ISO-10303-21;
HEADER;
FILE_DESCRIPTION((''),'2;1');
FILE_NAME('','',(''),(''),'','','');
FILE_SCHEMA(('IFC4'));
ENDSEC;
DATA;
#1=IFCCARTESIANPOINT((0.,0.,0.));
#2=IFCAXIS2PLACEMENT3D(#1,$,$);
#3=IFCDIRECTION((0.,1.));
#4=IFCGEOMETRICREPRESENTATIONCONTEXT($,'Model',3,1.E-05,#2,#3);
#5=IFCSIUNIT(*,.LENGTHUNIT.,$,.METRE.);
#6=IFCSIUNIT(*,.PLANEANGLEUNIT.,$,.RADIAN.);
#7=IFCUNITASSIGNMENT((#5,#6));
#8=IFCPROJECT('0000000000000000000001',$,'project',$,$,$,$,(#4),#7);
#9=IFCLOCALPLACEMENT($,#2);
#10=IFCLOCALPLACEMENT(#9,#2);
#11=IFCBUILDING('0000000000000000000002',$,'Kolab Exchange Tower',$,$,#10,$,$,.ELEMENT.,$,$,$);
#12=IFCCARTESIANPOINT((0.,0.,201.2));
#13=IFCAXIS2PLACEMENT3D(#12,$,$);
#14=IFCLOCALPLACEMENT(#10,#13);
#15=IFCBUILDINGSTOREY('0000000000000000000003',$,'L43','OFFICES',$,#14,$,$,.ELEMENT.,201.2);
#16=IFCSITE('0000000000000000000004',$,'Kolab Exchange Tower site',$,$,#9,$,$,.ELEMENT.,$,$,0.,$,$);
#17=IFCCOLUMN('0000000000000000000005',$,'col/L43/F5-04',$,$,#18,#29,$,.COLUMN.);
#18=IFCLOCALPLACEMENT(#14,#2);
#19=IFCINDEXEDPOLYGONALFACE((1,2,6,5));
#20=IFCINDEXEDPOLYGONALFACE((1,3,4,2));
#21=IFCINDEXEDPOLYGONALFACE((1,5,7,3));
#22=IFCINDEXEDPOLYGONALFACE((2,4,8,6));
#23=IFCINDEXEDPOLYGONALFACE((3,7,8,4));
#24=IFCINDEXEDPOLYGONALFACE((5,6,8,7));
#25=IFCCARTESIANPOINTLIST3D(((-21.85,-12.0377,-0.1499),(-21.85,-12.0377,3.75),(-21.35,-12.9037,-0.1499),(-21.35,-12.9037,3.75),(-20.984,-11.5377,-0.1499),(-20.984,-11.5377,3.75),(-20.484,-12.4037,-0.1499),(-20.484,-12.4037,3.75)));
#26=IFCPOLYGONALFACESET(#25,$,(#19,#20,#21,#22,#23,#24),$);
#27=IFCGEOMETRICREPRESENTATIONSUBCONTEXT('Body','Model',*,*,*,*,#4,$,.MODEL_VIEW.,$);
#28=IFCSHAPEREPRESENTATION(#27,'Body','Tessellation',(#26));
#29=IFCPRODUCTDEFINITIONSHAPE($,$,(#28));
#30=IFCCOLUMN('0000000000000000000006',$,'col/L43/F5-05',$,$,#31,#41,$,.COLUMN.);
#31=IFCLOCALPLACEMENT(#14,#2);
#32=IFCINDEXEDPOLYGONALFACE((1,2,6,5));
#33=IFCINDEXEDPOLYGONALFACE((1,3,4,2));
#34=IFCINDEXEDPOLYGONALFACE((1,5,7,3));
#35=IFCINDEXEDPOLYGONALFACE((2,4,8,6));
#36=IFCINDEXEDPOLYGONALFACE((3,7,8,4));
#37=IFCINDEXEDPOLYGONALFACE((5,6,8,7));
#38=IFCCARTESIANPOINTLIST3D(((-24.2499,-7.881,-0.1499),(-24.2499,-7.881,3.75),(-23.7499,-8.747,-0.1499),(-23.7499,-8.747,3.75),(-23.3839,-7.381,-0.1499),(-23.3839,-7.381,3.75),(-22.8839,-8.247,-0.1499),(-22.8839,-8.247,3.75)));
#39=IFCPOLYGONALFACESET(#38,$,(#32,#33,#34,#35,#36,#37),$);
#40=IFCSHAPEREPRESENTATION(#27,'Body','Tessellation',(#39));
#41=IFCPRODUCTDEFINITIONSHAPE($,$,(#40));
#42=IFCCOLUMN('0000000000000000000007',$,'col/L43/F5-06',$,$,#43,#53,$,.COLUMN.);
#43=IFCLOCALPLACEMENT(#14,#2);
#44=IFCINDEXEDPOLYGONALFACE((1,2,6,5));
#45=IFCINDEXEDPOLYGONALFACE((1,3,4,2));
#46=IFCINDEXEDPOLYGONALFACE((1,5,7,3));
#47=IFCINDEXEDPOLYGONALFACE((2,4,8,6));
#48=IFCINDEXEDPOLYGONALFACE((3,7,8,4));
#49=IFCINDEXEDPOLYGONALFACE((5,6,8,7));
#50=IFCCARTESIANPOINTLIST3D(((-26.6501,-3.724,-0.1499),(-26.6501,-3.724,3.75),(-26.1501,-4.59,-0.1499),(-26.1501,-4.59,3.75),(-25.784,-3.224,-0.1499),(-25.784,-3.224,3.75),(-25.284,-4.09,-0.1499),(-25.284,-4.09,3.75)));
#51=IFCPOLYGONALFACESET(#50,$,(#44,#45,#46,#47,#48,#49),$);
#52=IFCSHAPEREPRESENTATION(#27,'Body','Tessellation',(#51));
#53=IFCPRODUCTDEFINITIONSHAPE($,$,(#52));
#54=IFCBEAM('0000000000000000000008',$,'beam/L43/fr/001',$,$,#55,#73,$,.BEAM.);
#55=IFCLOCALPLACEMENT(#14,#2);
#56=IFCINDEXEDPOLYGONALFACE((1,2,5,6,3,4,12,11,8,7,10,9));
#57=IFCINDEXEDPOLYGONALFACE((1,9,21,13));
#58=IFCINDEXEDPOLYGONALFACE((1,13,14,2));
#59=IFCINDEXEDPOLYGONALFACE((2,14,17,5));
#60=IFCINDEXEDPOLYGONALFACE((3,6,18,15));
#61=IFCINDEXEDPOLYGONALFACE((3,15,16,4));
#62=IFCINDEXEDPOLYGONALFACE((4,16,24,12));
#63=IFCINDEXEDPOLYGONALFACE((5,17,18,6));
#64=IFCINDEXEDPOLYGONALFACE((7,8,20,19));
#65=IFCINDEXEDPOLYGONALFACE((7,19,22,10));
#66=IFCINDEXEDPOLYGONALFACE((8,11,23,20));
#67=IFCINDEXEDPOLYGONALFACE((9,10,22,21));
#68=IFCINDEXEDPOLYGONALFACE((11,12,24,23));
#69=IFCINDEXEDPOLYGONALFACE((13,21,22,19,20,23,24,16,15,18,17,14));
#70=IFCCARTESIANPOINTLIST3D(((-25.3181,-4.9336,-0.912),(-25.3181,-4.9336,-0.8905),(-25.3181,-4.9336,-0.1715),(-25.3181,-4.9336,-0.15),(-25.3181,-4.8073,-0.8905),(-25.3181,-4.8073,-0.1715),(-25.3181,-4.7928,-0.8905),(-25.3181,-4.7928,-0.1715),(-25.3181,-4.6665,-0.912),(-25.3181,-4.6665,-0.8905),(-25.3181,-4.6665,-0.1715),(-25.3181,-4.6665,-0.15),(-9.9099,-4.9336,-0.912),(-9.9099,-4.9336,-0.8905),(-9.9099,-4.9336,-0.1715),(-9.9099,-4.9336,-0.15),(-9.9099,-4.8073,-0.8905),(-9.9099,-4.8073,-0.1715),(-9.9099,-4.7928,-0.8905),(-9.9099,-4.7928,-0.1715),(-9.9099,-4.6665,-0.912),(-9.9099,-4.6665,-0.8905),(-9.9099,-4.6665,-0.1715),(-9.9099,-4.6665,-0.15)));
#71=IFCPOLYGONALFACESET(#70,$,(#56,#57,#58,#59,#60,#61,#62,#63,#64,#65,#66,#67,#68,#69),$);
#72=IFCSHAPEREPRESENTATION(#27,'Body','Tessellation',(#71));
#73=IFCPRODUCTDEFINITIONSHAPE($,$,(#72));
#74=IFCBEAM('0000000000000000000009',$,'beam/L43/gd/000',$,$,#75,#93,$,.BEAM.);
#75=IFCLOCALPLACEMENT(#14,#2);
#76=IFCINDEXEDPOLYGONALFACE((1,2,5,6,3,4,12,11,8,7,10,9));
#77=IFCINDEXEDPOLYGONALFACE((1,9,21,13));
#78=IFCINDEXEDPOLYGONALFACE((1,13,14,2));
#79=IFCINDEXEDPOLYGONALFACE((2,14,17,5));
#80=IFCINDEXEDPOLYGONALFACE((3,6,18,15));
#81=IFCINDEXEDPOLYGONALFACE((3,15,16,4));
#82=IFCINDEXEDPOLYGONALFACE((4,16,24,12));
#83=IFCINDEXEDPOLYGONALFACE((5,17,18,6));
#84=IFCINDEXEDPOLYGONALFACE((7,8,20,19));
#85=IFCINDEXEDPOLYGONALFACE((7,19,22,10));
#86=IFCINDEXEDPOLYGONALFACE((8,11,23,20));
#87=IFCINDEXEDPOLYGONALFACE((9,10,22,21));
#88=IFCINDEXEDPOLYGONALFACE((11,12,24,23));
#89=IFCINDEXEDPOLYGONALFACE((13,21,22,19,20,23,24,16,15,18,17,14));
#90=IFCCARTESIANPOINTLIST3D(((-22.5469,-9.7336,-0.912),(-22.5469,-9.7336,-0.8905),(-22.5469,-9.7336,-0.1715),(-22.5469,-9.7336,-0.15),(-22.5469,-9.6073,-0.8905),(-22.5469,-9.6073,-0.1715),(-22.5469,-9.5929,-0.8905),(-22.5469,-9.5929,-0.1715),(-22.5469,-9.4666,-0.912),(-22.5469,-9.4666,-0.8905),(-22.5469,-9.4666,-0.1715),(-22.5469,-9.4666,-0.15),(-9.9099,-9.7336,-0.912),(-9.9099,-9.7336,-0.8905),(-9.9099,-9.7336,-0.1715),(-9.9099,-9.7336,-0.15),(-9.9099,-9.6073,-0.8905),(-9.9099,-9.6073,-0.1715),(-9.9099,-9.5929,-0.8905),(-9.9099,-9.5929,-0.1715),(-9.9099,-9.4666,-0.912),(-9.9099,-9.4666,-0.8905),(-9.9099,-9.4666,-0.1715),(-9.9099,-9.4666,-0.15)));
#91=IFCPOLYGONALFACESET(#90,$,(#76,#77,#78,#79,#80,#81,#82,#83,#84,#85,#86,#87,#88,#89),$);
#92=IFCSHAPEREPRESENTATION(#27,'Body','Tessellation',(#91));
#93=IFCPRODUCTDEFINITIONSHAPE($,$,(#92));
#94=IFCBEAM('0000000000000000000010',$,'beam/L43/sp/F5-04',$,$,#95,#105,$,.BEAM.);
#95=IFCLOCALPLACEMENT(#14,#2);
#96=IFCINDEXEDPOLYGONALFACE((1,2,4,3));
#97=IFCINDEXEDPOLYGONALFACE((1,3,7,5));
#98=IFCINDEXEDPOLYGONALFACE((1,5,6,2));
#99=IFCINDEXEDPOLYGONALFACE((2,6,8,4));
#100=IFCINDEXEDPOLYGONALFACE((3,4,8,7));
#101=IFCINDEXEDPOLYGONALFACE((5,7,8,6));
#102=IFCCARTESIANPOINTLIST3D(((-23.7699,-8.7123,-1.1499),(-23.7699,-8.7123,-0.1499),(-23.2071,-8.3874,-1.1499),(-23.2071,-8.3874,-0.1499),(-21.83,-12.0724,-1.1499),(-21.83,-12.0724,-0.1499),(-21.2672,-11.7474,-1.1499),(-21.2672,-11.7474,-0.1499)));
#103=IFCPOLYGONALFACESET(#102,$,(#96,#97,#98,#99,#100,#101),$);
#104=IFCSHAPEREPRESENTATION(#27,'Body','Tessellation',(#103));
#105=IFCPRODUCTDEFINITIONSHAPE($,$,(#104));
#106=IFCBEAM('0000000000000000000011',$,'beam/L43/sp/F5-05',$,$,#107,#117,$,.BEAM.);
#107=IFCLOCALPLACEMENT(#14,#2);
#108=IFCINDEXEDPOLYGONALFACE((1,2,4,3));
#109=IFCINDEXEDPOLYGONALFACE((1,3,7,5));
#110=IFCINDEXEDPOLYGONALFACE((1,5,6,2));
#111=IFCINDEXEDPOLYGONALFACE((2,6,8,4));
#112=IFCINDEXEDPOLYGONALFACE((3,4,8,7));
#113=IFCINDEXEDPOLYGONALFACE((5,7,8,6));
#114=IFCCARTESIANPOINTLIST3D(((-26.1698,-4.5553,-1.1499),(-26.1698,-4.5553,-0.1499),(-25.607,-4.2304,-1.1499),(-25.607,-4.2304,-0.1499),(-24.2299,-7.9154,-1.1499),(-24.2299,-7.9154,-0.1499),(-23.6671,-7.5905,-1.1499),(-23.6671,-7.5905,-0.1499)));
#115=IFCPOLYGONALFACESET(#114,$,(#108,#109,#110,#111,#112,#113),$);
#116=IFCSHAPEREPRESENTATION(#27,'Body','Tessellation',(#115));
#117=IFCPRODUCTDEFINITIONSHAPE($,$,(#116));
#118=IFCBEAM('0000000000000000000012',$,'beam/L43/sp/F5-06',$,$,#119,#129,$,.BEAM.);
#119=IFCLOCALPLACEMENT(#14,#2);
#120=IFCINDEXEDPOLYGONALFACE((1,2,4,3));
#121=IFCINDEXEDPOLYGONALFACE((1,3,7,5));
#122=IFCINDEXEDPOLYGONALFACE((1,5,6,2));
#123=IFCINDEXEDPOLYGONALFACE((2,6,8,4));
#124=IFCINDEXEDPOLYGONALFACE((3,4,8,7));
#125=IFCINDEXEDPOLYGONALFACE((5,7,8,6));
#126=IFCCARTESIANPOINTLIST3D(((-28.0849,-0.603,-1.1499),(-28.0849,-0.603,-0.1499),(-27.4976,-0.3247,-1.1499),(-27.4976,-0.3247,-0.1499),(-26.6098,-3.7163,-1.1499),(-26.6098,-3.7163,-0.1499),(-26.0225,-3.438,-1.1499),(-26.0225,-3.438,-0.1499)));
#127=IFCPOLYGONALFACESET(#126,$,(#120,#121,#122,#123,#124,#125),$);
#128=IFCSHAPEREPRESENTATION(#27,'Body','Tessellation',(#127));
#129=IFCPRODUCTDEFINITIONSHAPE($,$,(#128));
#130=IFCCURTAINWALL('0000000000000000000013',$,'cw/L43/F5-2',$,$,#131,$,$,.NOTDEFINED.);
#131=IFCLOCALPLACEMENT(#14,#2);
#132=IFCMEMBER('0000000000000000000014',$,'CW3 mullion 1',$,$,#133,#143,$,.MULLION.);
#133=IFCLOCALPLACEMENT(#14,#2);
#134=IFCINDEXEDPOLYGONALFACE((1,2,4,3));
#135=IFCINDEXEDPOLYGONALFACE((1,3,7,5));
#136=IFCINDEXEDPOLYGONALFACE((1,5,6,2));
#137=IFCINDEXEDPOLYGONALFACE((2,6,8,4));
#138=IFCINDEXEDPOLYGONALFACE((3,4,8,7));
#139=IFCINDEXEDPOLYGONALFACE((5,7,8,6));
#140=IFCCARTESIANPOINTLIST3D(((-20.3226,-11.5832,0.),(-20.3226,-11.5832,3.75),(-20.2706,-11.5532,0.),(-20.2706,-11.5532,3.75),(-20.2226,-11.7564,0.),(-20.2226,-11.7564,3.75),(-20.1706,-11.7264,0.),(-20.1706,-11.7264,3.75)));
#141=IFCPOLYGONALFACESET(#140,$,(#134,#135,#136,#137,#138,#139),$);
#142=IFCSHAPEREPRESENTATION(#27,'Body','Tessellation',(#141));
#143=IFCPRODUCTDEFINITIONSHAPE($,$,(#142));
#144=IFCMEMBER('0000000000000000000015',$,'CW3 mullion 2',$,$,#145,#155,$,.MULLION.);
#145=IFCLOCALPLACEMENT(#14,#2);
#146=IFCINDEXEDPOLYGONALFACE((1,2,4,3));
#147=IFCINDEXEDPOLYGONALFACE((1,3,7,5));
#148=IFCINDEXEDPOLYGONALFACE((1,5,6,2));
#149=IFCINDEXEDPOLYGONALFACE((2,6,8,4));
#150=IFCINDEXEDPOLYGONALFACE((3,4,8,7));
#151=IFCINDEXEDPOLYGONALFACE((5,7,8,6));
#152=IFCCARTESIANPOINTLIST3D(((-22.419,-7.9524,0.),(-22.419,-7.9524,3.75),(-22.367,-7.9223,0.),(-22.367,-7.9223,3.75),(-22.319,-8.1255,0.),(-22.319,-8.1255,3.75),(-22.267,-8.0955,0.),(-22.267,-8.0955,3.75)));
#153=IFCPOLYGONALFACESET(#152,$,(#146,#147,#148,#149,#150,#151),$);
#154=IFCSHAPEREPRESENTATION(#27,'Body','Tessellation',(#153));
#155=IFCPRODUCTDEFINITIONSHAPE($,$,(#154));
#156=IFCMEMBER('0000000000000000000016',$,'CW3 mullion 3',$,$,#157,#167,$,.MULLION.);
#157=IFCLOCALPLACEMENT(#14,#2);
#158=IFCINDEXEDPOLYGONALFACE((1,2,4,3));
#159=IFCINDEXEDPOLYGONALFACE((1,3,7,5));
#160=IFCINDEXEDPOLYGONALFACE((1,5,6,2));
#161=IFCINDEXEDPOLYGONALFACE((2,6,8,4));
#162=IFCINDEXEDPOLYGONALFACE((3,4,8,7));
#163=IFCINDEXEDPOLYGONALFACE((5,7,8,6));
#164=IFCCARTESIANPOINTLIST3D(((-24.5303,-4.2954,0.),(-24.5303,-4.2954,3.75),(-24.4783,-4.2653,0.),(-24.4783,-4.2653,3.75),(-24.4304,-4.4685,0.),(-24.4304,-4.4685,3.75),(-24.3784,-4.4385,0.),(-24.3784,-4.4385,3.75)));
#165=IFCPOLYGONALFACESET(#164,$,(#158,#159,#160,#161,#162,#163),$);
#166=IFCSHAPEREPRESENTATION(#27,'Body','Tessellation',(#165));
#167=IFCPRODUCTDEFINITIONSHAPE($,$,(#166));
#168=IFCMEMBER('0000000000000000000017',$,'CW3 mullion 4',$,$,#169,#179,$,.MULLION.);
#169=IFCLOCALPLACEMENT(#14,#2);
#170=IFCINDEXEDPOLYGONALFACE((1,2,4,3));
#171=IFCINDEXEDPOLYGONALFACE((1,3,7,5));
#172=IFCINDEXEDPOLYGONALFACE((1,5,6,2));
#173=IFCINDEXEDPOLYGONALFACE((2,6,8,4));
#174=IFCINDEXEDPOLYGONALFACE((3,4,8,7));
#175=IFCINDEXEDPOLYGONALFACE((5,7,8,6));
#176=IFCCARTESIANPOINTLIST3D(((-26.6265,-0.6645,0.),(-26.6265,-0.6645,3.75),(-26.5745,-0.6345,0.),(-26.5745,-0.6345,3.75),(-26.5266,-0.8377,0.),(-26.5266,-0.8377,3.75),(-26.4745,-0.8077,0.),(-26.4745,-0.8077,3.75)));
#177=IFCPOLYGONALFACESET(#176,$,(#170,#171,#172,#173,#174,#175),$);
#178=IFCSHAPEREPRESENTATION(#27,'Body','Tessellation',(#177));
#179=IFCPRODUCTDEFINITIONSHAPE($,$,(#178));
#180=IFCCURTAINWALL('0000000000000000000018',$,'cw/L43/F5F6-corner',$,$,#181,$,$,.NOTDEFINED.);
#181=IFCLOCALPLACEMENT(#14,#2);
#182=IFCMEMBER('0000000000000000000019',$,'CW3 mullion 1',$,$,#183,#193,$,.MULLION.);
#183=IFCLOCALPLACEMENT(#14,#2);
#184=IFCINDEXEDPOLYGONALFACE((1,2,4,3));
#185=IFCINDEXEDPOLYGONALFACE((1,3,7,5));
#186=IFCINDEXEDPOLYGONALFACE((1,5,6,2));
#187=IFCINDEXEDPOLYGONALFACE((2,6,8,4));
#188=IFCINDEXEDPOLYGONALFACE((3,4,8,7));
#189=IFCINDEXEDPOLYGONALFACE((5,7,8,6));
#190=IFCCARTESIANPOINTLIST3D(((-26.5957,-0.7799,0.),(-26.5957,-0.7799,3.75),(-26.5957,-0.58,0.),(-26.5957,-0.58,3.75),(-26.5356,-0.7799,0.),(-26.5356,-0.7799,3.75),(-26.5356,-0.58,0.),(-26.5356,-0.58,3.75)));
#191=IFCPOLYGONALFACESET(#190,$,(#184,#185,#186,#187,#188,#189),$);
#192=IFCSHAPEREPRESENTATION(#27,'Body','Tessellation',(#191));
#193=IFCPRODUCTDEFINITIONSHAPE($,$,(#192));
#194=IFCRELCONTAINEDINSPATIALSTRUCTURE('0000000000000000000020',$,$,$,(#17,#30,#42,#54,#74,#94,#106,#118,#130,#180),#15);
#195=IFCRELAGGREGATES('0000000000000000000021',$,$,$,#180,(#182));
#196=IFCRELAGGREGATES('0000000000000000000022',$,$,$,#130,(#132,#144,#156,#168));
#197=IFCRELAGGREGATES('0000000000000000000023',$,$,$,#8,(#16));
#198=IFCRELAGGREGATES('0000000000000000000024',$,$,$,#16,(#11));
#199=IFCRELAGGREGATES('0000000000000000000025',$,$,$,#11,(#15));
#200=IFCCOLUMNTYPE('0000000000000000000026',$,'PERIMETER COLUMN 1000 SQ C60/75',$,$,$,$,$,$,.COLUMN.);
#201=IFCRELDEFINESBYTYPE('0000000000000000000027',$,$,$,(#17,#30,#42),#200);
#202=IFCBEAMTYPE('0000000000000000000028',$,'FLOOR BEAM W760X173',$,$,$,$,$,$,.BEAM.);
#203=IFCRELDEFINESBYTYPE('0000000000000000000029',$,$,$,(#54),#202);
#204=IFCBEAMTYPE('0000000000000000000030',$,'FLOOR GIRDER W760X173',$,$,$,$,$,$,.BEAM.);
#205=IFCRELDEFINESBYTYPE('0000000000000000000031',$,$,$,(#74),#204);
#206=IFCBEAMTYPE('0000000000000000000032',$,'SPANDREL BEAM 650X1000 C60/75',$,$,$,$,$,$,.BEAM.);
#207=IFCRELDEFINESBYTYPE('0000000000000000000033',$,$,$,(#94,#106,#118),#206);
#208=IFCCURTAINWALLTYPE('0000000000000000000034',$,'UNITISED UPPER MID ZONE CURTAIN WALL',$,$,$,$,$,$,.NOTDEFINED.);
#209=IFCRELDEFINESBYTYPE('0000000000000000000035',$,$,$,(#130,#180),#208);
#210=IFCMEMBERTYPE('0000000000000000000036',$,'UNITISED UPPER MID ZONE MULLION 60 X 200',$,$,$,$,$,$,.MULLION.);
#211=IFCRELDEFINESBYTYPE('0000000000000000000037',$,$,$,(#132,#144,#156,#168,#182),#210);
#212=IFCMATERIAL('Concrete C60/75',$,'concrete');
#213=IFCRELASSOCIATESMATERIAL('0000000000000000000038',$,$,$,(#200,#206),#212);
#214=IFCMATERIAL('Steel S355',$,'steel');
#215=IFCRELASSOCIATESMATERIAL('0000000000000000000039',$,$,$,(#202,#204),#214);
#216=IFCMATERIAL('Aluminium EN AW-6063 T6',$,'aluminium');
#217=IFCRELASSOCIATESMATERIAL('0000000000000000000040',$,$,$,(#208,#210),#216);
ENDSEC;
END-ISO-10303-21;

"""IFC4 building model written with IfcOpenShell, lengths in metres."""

from ifc_helpers import new_model, si_unit, direction, frame, origin, origin_2d, place, context, subcontext, project, spatial, rectangle, i_section, extrude, material, material_profile, profile_set, type_object, element, aggregate, save


model = new_model("IFC4")

# Units and contexts
model_context = context("Model", 3, precision=1e-05, world=origin(), true_north=direction((0.0, 1.0)))
body_context = subcontext(model_context, "Body", "Model", "MODEL_VIEW")
ifc_project = project(units=[si_unit("LENGTHUNIT", "METRE"), si_unit("PLANEANGLEUNIT", "RADIAN")], contexts=[model_context])

# Site, building, storey
site_placement = place(None, origin())
site = spatial("IfcSite", under=ifc_project, at=site_placement, Name="Kolab Exchange Tower site", CompositionType="ELEMENT", RefElevation=0.0)
building_placement = place(site_placement, origin())
building = spatial("IfcBuilding", under=site, at=building_placement, Name="Kolab Exchange Tower", CompositionType="ELEMENT")
storey_placement = place(building_placement, frame((0.0, 0.0, 201.2)))
storey = spatial("IfcBuildingStorey", under=building, at=storey_placement, Name="L43", Description="OFFICES", CompositionType="ELEMENT", Elevation=201.2)

# Columns
ifc_material_1 = material(Name="Concrete C60/75", Category="concrete")
ifc_material_profile_1 = material_profile(ifc_material_1, rectangle(XDim=1.0, YDim=1.0, at=origin_2d()), Name="RC1000")
ifc_profile_set_1 = profile_set([ifc_material_profile_1], Name="Concrete C60/75")
column_type = type_object("IfcColumnType", Name="PERIMETER COLUMN 1000 SQ C60/75", PredefinedType="COLUMN", material=ifc_profile_set_1)
for number, where, z_axis, x_axis, name in (
    (1, (-21.167, -12.2207, -0.1499), (0.0, 0.0, 1.0), (0.866025, 0.5, 0.0), "col/L43/F5-04"),
    (2, (-23.5669, -8.064, -0.1499), (0.0, 0.0, 1.0), (0.866025, 0.5, 0.0), "col/L43/F5-05"),
    (3, (-25.967, -3.907, -0.1499), (0.0, 0.0, 1.0), (0.866025, 0.5, 0.0), "col/L43/F5-06"),
):
    element("IfcColumn", number, at=place(storey_placement, frame(where, z_axis=z_axis, x_axis=x_axis)), inside=storey, type_object=column_type, Name=name, PredefinedType="COLUMN", context=body_context, shape_type="SweptSolid", body=[
        extrude(rectangle(XDim=1.0, YDim=1.0, at=origin_2d()), origin(), (0.0, 0.0, 1.0), 3.8999),
    ])

# Beams
ifc_material_2 = material(Name="Steel S355", Category="steel")
ifc_material_profile_2 = material_profile(ifc_material_2, i_section(OverallWidth=0.2671, OverallDepth=0.762, WebThickness=0.0144, FlangeThickness=0.0215, at=origin_2d()), Name="W760X173")
ifc_profile_set_2 = profile_set([ifc_material_profile_2], Name="Steel S355")
beam_type_1 = type_object("IfcBeamType", Name="FLOOR BEAM W760X173", PredefinedType="BEAM", material=ifc_profile_set_2)
beam_1_placement = place(storey_placement, frame((-25.3181, -4.8, -0.531), z_axis=(1.0, 0.0, 0.0), x_axis=(0.0, 1.0, 0.0)))
element("IfcBeam", 4, at=beam_1_placement, inside=storey, type_object=beam_type_1, Name="beam/L43/fr/001", PredefinedType="BEAM", context=body_context, shape_type="SweptSolid", body=[
    extrude(i_section(OverallWidth=0.2671, OverallDepth=0.762, WebThickness=0.0144, FlangeThickness=0.0215, at=origin_2d()), origin(), (0.0, 0.0, 1.0), 15.4082),
])
ifc_material_profile_3 = material_profile(ifc_material_2, i_section(OverallWidth=0.2671, OverallDepth=0.762, WebThickness=0.0144, FlangeThickness=0.0215, at=origin_2d()), Name="W760X173")
ifc_profile_set_3 = profile_set([ifc_material_profile_3], Name="Steel S355")
beam_type_2 = type_object("IfcBeamType", Name="FLOOR GIRDER W760X173", PredefinedType="BEAM", material=ifc_profile_set_3)
beam_2_placement = place(storey_placement, frame((-22.5469, -9.6001, -0.531), z_axis=(1.0, 0.0, 0.0), x_axis=(0.0, 1.0, 0.0)))
element("IfcBeam", 5, at=beam_2_placement, inside=storey, type_object=beam_type_2, Name="beam/L43/gd/000", PredefinedType="BEAM", context=body_context, shape_type="SweptSolid", body=[
    extrude(i_section(OverallWidth=0.2671, OverallDepth=0.762, WebThickness=0.0144, FlangeThickness=0.0215, at=origin_2d()), origin(), (0.0, 0.0, 1.0), 12.637),
])
ifc_material_profile_4 = material_profile(ifc_material_1, rectangle(XDim=0.6499, YDim=1.0, at=origin_2d()), Name="RC650X1000")
ifc_profile_set_4 = profile_set([ifc_material_profile_4], Name="Concrete C60/75")
beam_type_3 = type_object("IfcBeamType", Name="SPANDREL BEAM 650X1000 C60/75", PredefinedType="BEAM", material=ifc_profile_set_4)
for number, where, z_axis, x_axis, name in (
    (6, (-21.5486, -11.9099, -0.6499), (-0.499997, 0.866027, 0.0), (-0.866027, -0.499997, 0.0), "beam/L43/sp/F5-04"),
    (7, (-23.9485, -7.7529, -0.6499), (-0.499997, 0.866027, 0.0), (-0.866027, -0.499997, 0.0), "beam/L43/sp/F5-05"),
):
    element("IfcBeam", number, at=place(storey_placement, frame(where, z_axis=z_axis, x_axis=x_axis)), inside=storey, type_object=beam_type_3, Name=name, PredefinedType="BEAM", context=body_context, shape_type="SweptSolid", body=[
        extrude(rectangle(XDim=0.6499, YDim=1.0, at=origin_2d()), origin(), (0.0, 0.0, 1.0), 3.8799),
    ])
beam_3_placement = place(storey_placement, frame((-26.3162, -3.5771, -0.6499), z_axis=(-0.428178, 0.903695, 0.0), x_axis=(-0.903695, -0.428178, 0.0)))
element("IfcBeam", 8, at=beam_3_placement, inside=storey, type_object=beam_type_3, Name="beam/L43/sp/F5-06", PredefinedType="BEAM", context=body_context, shape_type="SweptSolid", body=[
    extrude(rectangle(XDim=0.6499, YDim=1.0, at=origin_2d()), origin(), (0.0, 0.0, 1.0), 3.4451),
])

# Curtain wall, members
ifc_material_3 = material(Name="Aluminium EN AW-6063 T6", Category="aluminium")
curtain_wall_type = type_object("IfcCurtainWallType", Name="UNITISED UPPER MID ZONE CURTAIN WALL", PredefinedType="NOTDEFINED", material=ifc_material_3)
curtain_wall_1_placement = place(storey_placement, origin())
curtain_wall_1 = element("IfcCurtainWall", 9, at=curtain_wall_1_placement, inside=storey, type_object=curtain_wall_type, Name="cw/L43/F5-2", PredefinedType="NOTDEFINED")
ifc_material_profile_5 = material_profile(ifc_material_3, rectangle(XDim=0.0601, YDim=0.2, at=origin_2d()), Name="RECT 60X200")
ifc_profile_set_5 = profile_set([ifc_material_profile_5], Name="Aluminium EN AW-6063 T6")
member_type_1 = type_object("IfcMemberType", Name="UNITISED UPPER MID ZONE MULLION 60 X 200", PredefinedType="MULLION", material=ifc_profile_set_5)
member_1_placement = place(storey_placement, frame((-20.2466, -11.6548, 0.0), z_axis=(0.0, 0.0, 1.0), x_axis=(-0.866025, -0.5, 0.0)))
member_1 = element("IfcMember", 10, at=member_1_placement, type_object=member_type_1, Name="CW3 mullion 1", PredefinedType="MULLION", context=body_context, shape_type="SweptSolid", body=[
    extrude(rectangle(XDim=0.0601, YDim=0.2, at=origin_2d()), origin(), (0.0, 0.0, 1.0), 3.75),
])
member_2_placement = place(storey_placement, frame((-22.343, -8.0239, 0.0), z_axis=(0.0, 0.0, 1.0), x_axis=(-0.866025, -0.5, 0.0)))
member_2 = element("IfcMember", 11, at=member_2_placement, type_object=member_type_1, Name="CW3 mullion 2", PredefinedType="MULLION", context=body_context, shape_type="SweptSolid", body=[
    extrude(rectangle(XDim=0.0601, YDim=0.2, at=origin_2d()), origin(), (0.0, 0.0, 1.0), 3.75),
])
member_3_placement = place(storey_placement, frame((-24.4543, -4.3669, 0.0), z_axis=(0.0, 0.0, 1.0), x_axis=(-0.866025, -0.5, 0.0)))
member_3 = element("IfcMember", 12, at=member_3_placement, type_object=member_type_1, Name="CW3 mullion 3", PredefinedType="MULLION", context=body_context, shape_type="SweptSolid", body=[
    extrude(rectangle(XDim=0.0601, YDim=0.2, at=origin_2d()), origin(), (0.0, 0.0, 1.0), 3.75),
])
member_4_placement = place(storey_placement, frame((-26.5505, -0.7361, 0.0), z_axis=(0.0, 0.0, 1.0), x_axis=(-0.866025, -0.5, 0.0)))
member_4 = element("IfcMember", 13, at=member_4_placement, type_object=member_type_1, Name="CW3 mullion 4", PredefinedType="MULLION", context=body_context, shape_type="SweptSolid", body=[
    extrude(rectangle(XDim=0.0601, YDim=0.2, at=origin_2d()), origin(), (0.0, 0.0, 1.0), 3.75),
])

# Curtain wall, member
curtain_wall_2_placement = place(storey_placement, origin())
curtain_wall_2 = element("IfcCurtainWall", 14, at=curtain_wall_2_placement, inside=storey, type_object=curtain_wall_type, Name="cw/L43/F5F6-corner", PredefinedType="NOTDEFINED")
member_5_placement = place(storey_placement, frame((-26.5657, -0.6799, 0.0), z_axis=(0.0, 0.0, 1.0), x_axis=(-1.0, 0.0, 0.0)))
member_5 = element("IfcMember", 15, at=member_5_placement, type_object=member_type_1, Name="CW3 mullion 1", PredefinedType="MULLION", context=body_context, shape_type="SweptSolid", body=[
    extrude(rectangle(XDim=0.0601, YDim=0.2, at=origin_2d()), origin(), (0.0, 0.0, 1.0), 3.75),
])

aggregate(curtain_wall_2, [member_5])

aggregate(curtain_wall_1, [member_1, member_2, member_3, member_4])

save(model, "model.ifc")
